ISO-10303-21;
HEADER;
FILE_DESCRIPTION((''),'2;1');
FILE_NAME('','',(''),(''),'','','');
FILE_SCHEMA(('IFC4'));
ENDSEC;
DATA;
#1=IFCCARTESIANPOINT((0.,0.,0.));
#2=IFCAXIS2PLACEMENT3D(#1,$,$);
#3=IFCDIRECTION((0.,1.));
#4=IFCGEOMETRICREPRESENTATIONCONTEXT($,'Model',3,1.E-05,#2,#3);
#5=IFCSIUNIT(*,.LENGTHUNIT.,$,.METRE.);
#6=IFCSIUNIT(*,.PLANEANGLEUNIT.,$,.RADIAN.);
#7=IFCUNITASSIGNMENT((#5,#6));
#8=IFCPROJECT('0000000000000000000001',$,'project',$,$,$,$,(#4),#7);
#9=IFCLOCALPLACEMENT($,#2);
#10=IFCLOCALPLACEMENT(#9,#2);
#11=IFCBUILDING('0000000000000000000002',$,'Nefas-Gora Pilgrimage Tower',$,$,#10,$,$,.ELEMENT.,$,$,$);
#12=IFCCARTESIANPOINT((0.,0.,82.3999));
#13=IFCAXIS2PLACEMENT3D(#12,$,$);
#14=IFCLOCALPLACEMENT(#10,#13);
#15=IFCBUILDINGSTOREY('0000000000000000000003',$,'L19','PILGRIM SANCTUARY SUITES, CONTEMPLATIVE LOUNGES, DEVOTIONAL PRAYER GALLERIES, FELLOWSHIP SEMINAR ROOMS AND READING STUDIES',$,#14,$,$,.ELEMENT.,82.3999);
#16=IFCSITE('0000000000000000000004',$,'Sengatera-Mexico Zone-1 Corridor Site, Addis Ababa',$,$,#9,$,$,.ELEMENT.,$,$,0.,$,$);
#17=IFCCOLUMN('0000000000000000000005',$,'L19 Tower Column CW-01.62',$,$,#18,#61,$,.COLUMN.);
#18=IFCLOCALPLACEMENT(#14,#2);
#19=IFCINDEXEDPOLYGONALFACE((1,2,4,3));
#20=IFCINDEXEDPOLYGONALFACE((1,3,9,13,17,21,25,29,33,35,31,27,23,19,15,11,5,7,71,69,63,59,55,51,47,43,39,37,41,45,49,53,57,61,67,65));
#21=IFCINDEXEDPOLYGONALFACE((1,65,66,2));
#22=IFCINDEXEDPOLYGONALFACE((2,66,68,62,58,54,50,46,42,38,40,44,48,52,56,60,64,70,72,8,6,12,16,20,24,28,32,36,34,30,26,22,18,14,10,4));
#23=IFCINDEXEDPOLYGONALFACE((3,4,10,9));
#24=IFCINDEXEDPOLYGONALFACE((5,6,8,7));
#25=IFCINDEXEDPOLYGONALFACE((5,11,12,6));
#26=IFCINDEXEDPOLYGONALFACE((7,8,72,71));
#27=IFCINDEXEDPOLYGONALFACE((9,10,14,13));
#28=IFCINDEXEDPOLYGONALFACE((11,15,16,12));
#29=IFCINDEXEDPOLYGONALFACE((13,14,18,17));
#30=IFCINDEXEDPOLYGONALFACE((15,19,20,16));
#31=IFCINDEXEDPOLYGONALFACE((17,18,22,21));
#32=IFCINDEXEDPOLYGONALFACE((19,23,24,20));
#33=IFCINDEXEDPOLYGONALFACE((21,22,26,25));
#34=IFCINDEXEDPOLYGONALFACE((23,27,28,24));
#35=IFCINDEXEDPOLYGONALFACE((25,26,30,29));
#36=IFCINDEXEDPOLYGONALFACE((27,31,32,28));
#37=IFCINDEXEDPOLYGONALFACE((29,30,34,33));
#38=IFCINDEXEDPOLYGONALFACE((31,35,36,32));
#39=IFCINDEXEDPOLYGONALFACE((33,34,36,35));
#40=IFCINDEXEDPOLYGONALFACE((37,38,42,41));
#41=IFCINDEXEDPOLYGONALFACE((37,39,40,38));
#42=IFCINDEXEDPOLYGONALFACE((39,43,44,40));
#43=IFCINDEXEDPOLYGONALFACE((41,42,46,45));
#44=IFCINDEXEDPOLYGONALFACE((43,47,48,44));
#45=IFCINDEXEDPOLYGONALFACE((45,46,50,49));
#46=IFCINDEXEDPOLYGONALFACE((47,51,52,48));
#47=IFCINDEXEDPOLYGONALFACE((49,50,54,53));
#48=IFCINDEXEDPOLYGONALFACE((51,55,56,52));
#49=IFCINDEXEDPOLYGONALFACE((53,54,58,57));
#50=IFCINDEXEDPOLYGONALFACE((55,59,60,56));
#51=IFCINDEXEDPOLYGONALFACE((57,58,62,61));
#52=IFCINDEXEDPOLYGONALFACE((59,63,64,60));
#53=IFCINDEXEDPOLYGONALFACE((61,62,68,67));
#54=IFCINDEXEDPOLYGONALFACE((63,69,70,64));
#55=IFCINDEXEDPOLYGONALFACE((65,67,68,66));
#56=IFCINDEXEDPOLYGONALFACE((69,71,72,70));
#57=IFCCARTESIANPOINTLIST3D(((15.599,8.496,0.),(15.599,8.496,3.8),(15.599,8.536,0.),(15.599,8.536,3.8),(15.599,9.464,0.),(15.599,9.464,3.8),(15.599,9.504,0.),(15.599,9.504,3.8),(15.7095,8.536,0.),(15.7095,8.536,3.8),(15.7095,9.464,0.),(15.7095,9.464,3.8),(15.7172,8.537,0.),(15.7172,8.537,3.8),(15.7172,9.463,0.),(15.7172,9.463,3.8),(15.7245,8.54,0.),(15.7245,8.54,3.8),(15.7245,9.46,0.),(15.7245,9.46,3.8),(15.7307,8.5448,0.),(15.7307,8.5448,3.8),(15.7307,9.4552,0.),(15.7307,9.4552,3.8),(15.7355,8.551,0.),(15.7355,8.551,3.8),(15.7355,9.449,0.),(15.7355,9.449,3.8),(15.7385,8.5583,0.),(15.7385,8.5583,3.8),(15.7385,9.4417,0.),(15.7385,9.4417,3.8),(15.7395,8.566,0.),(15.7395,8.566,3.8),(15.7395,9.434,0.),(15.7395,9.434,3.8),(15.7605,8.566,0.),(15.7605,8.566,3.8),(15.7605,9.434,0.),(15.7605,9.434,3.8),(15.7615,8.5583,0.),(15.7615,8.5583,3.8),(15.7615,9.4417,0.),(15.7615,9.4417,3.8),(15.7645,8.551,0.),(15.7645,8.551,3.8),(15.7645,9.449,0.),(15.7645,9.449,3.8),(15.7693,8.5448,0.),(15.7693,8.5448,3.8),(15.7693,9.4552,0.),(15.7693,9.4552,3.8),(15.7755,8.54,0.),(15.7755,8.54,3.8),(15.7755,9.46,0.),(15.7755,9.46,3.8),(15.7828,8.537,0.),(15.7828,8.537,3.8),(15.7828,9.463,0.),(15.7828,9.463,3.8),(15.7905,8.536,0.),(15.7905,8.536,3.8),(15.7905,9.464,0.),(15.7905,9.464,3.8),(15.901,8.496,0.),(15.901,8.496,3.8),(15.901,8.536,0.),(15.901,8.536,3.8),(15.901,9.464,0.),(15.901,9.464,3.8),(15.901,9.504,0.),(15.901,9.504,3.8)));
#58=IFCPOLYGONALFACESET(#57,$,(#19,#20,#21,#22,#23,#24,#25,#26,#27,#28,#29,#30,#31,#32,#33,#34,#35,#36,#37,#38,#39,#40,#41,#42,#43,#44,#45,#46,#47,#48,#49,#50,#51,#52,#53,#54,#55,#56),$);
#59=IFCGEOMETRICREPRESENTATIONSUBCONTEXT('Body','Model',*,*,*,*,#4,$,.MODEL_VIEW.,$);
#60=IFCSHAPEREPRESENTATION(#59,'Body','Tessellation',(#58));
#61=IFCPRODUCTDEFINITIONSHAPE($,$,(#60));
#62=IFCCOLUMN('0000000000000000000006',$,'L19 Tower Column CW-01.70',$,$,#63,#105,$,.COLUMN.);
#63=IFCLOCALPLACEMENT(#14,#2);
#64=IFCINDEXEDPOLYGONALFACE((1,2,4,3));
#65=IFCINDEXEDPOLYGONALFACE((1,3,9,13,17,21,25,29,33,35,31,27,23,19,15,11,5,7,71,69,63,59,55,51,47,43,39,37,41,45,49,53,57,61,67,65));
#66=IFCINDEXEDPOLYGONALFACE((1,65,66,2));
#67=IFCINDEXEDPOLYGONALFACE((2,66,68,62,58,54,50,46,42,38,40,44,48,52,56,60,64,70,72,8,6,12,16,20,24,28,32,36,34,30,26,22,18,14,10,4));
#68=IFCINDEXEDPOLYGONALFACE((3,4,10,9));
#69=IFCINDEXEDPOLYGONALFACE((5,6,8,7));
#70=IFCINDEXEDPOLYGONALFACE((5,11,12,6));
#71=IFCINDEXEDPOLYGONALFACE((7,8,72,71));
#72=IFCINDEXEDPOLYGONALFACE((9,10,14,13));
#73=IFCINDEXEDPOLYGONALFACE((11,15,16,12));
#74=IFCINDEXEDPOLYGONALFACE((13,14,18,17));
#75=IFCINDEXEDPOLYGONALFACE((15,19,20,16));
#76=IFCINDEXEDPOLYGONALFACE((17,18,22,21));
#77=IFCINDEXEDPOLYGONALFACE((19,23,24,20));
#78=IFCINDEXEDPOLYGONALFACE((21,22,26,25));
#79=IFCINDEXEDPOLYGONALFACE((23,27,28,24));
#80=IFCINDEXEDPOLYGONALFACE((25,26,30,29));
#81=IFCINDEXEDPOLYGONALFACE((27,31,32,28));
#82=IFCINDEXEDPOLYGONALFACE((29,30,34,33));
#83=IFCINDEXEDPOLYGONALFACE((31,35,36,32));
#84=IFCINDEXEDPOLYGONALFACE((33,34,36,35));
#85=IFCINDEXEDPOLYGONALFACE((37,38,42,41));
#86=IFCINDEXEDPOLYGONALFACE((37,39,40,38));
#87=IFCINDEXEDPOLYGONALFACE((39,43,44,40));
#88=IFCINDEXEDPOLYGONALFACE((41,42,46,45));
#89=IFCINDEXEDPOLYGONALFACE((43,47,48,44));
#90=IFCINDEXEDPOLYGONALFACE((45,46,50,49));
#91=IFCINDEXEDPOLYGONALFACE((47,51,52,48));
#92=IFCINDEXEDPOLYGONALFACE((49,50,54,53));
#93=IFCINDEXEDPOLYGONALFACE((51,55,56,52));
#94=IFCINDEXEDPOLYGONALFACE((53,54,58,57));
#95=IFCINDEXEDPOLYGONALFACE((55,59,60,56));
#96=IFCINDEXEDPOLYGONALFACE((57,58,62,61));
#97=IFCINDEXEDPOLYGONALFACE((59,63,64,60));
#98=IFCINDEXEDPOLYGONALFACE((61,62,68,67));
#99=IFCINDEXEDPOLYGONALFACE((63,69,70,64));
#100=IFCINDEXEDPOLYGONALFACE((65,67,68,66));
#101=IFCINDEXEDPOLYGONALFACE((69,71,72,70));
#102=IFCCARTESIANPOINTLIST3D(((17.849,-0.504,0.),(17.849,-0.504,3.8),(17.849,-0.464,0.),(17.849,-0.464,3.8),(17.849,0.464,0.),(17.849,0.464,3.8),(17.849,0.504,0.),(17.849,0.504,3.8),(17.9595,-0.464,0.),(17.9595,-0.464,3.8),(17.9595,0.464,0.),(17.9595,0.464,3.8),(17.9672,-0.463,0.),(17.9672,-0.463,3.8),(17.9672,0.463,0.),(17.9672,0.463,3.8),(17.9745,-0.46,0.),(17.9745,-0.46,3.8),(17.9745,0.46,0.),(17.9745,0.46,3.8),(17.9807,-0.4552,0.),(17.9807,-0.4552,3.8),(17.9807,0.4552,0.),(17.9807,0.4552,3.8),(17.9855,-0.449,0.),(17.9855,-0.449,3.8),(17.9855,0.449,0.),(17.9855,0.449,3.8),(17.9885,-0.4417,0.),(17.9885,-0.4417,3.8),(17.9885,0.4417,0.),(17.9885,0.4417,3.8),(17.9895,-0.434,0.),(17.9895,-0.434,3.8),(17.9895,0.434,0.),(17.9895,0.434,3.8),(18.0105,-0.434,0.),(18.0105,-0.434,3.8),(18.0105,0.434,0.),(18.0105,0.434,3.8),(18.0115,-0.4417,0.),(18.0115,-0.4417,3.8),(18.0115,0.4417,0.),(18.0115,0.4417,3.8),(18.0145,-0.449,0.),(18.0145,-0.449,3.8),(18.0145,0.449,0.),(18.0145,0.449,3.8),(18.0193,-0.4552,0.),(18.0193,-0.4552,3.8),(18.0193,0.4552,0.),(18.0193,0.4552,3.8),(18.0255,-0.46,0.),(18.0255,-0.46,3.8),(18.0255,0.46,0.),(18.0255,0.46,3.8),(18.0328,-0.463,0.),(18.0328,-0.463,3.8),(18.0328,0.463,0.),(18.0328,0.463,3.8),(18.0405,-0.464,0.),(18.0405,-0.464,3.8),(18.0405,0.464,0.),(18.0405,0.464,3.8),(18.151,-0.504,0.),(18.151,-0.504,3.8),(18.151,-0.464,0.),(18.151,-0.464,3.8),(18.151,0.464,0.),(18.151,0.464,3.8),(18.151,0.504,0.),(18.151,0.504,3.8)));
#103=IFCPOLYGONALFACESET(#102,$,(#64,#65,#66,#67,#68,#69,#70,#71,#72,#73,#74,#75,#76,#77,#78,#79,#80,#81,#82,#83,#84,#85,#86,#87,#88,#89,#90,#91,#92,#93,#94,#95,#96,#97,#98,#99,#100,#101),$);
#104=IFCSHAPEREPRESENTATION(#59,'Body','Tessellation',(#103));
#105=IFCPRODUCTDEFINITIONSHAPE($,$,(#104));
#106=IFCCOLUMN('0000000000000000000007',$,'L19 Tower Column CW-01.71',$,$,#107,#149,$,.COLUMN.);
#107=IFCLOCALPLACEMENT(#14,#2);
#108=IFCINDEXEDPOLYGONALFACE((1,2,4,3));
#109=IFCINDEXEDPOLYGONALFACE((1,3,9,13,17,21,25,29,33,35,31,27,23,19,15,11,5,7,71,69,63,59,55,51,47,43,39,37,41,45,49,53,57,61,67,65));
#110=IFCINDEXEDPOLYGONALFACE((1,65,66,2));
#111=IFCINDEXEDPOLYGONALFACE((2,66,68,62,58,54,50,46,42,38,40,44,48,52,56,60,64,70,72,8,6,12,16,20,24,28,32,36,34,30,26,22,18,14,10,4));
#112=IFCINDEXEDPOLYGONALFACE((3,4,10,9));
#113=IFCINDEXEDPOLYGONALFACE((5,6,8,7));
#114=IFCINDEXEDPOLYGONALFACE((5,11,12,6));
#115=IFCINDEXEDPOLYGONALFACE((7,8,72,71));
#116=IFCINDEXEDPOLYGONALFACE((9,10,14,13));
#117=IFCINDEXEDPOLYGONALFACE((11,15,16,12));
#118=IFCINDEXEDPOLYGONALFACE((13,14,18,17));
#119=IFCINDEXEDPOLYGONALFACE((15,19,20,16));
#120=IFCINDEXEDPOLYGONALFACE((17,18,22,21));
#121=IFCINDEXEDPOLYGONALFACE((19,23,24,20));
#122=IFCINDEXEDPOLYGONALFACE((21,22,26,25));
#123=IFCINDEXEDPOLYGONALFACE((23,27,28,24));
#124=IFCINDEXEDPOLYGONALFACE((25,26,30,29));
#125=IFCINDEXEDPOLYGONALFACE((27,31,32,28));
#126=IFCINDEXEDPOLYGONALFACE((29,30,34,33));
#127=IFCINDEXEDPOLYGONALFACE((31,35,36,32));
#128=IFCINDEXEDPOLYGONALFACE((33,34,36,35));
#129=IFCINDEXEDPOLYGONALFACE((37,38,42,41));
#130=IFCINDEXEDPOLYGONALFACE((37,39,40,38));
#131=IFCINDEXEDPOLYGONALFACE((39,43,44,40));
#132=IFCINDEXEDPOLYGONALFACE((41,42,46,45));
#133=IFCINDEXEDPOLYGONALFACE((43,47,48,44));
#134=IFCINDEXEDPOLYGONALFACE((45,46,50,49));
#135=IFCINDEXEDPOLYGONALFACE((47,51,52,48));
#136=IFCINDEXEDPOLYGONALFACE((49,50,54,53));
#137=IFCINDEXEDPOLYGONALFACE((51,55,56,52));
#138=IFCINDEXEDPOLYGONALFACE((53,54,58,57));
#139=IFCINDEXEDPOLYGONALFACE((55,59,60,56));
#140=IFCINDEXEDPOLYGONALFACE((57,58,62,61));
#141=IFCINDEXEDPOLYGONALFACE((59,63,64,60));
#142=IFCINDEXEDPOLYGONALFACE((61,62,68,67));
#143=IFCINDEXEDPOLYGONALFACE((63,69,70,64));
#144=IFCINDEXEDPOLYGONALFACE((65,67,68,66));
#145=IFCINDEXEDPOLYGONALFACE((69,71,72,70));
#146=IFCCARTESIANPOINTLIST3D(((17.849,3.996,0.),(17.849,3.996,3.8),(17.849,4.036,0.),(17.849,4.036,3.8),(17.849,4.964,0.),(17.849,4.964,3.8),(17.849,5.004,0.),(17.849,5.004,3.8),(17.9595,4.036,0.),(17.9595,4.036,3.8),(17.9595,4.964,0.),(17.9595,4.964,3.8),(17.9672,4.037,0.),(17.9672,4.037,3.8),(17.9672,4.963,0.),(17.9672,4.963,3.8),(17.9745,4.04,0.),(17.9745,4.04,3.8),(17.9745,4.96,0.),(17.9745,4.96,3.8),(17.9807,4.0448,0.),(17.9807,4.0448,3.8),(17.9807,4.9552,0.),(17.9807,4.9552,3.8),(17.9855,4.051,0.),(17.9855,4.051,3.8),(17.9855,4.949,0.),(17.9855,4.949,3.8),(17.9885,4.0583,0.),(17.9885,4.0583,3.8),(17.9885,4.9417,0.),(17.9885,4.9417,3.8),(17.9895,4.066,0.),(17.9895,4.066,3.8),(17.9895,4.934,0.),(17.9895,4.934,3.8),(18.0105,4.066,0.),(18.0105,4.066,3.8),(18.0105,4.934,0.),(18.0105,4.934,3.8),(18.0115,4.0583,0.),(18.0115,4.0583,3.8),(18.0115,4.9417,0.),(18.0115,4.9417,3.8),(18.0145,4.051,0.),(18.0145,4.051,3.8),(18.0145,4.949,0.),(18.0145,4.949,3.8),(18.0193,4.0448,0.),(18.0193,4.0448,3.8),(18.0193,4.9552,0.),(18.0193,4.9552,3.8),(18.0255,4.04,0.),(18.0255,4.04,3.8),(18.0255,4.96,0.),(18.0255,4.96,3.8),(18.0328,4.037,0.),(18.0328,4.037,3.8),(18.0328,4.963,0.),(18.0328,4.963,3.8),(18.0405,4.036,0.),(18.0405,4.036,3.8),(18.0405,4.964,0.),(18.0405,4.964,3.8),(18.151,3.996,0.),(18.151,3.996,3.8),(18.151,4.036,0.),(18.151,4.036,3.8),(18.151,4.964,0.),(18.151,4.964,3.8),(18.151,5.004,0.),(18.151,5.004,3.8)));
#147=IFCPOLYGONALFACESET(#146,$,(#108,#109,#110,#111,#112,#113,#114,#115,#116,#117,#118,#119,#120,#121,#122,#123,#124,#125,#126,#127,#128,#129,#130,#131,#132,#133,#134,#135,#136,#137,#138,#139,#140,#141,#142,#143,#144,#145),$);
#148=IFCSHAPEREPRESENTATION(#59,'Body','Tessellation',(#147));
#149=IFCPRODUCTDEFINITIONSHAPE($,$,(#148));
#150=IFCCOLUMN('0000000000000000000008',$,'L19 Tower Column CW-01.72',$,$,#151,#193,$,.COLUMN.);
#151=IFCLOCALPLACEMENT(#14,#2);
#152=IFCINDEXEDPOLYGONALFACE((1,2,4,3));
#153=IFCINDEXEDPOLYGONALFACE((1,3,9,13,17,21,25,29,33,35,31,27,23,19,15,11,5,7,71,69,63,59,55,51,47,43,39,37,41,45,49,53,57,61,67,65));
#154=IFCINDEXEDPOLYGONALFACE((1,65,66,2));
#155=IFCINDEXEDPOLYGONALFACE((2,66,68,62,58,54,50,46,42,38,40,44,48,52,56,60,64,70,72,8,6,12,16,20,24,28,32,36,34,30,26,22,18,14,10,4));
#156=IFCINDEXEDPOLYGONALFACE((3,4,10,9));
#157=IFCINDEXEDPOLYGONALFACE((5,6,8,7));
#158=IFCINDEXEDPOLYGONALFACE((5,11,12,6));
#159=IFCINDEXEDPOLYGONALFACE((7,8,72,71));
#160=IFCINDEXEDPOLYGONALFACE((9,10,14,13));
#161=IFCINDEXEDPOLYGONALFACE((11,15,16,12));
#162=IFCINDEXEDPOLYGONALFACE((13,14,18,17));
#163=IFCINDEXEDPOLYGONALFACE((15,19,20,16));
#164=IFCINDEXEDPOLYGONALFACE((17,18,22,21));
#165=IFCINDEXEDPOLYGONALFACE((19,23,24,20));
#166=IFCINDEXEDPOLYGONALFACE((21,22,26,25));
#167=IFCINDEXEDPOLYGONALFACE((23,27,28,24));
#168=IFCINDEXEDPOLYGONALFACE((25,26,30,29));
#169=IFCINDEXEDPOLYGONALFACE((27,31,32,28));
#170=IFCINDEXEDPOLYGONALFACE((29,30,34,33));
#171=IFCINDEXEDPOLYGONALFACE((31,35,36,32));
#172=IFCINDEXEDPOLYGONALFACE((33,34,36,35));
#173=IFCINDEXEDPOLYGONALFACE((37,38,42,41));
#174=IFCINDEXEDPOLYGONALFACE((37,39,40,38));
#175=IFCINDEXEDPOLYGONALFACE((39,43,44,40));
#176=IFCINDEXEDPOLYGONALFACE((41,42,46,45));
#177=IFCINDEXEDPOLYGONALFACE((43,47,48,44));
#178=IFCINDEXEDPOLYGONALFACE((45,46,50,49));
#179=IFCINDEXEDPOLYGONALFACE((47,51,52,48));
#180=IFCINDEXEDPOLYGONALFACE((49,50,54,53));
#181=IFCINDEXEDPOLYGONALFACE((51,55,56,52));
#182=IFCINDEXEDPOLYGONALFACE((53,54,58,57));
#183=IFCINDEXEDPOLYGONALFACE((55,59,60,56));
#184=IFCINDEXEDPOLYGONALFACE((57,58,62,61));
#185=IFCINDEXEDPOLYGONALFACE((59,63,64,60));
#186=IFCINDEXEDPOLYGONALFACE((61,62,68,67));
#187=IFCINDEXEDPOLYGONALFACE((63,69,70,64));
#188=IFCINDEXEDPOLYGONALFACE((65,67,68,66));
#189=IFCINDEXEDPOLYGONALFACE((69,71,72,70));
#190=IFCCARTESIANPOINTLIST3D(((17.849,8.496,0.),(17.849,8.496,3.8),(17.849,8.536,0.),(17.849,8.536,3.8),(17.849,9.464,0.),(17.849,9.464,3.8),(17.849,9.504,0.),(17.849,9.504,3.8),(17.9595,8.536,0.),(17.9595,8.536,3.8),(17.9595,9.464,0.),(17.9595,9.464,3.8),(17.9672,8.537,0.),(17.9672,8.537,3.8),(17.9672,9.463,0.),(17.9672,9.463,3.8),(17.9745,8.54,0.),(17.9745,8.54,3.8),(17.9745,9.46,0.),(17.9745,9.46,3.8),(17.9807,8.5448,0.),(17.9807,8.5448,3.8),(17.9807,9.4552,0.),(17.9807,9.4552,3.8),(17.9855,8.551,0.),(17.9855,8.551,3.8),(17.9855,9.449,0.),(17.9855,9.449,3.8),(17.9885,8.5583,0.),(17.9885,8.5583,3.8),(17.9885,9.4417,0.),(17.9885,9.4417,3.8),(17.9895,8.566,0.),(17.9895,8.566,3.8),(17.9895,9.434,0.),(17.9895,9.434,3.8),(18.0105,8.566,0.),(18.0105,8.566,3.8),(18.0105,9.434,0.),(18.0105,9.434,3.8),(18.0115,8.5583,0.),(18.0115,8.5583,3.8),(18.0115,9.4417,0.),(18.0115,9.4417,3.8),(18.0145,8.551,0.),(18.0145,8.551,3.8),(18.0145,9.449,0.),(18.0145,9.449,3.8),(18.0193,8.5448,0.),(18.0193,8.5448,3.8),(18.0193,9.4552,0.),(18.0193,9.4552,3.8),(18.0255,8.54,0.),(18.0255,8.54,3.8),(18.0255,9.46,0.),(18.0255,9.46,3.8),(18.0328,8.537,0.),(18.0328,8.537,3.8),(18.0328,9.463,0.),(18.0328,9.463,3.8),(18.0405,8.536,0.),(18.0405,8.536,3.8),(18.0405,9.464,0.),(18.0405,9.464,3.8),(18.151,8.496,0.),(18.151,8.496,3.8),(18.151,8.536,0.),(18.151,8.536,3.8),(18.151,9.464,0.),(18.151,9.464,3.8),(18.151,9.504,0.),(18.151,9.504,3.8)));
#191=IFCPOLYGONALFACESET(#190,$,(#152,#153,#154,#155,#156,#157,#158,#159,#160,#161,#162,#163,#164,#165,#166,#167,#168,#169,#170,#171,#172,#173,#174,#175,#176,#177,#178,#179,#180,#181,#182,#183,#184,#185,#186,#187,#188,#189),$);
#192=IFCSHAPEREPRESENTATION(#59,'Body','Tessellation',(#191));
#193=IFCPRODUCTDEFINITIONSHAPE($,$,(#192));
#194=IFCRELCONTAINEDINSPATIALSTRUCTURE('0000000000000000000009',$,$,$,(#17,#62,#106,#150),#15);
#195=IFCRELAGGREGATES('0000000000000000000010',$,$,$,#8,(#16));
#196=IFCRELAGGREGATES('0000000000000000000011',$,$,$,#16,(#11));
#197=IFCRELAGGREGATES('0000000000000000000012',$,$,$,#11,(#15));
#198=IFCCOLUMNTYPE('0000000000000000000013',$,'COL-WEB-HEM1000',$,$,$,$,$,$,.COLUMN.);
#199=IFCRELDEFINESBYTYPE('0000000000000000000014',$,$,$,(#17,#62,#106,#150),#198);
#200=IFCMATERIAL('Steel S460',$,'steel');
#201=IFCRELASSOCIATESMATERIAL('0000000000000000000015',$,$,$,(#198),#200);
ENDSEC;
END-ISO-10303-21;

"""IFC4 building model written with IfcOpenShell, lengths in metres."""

from ifc_helpers import new_model, si_unit, direction, frame, origin, origin_2d, place, context, subcontext, project, spatial, i_section, extrude, source, transform, mapped, material, material_profile, profile_set, type_object, element, save


model = new_model("IFC4")

# Units and contexts
model_context = context("Model", 3, precision=1e-05, world=origin(), true_north=direction((0.0, 1.0)))
body_context = subcontext(model_context, "Body", "Model", "MODEL_VIEW")
ifc_project = project(units=[si_unit("LENGTHUNIT", "METRE"), si_unit("PLANEANGLEUNIT", "RADIAN")], contexts=[model_context])

# Site, building, storey
site_placement = place(None, origin())
site = spatial("IfcSite", under=ifc_project, at=site_placement, Name="Sengatera-Mexico Zone-1 Corridor Site, Addis Ababa", CompositionType="ELEMENT", RefElevation=0.0)
building_placement = place(site_placement, origin())
building = spatial("IfcBuilding", under=site, at=building_placement, Name="Nefas-Gora Pilgrimage Tower", CompositionType="ELEMENT")
storey_placement = place(building_placement, frame((0.0, 0.0, 82.3999)))
storey = spatial("IfcBuildingStorey", under=building, at=storey_placement, Name="L19", Description="PILGRIM SANCTUARY SUITES, CONTEMPLATIVE LOUNGES, DEVOTIONAL PRAYER GALLERIES, FELLOWSHIP SEMINAR ROOMS AND READING STUDIES", CompositionType="ELEMENT", Elevation=82.3999)

# Columns
ifc_material_1 = material(Name="Steel S460", Category="steel")
ifc_material_profile_1 = material_profile(ifc_material_1, i_section(OverallWidth=0.302, OverallDepth=1.0081, WebThickness=0.021, FlangeThickness=0.04, FilletRadius=0.03, at=origin_2d()), Name="HEM 1000")
ifc_profile_set_1 = profile_set([ifc_material_profile_1], Name="Steel S460")
column_type_1 = type_object("IfcColumnType", Name="COL-WEB-HEM1000", PredefinedType="COLUMN", material=ifc_profile_set_1)
shared_shape_1 = source(origin(), body_context, "Body", "SweptSolid", [
    extrude(i_section(OverallWidth=0.302, OverallDepth=1.0081, WebThickness=0.021, FlangeThickness=0.04, FilletRadius=0.03, at=origin_2d()), origin(), (0.0, 0.0, 1.0), 3.8),
])
for number, where, z_axis, x_axis, name in (
    (1, (15.75, 9.0, 0.0), (0.0, 0.0, 1.0), (1.0, 0.0, 0.0), "L19 Tower Column CW-01.62"),
    (2, (18.0, 0.0, 0.0), (0.0, 0.0, 1.0), (1.0, 0.0, 0.0), "L19 Tower Column CW-01.70"),
    (3, (18.0, 4.5, 0.0), (0.0, 0.0, 1.0), (1.0, 0.0, 0.0), "L19 Tower Column CW-01.71"),
    (4, (18.0, 9.0, 0.0), (0.0, 0.0, 1.0), (1.0, 0.0, 0.0), "L19 Tower Column CW-01.72"),
):
    element("IfcColumn", number, at=place(storey_placement, frame(where, z_axis=z_axis, x_axis=x_axis)), inside=storey, type_object=column_type_1, Name=name, PredefinedType="COLUMN", context=body_context, shape_type="MappedRepresentation", body=[
        mapped(shared_shape_1, transform((0.0, 0.0, 0.0), x_axis=(1.0, 0.0, 0.0), y_axis=(0.0, 1.0, 0.0), z_axis=(0.0, 0.0, 1.0), scale=1.0)),
    ])

save(model, "model.ifc")
